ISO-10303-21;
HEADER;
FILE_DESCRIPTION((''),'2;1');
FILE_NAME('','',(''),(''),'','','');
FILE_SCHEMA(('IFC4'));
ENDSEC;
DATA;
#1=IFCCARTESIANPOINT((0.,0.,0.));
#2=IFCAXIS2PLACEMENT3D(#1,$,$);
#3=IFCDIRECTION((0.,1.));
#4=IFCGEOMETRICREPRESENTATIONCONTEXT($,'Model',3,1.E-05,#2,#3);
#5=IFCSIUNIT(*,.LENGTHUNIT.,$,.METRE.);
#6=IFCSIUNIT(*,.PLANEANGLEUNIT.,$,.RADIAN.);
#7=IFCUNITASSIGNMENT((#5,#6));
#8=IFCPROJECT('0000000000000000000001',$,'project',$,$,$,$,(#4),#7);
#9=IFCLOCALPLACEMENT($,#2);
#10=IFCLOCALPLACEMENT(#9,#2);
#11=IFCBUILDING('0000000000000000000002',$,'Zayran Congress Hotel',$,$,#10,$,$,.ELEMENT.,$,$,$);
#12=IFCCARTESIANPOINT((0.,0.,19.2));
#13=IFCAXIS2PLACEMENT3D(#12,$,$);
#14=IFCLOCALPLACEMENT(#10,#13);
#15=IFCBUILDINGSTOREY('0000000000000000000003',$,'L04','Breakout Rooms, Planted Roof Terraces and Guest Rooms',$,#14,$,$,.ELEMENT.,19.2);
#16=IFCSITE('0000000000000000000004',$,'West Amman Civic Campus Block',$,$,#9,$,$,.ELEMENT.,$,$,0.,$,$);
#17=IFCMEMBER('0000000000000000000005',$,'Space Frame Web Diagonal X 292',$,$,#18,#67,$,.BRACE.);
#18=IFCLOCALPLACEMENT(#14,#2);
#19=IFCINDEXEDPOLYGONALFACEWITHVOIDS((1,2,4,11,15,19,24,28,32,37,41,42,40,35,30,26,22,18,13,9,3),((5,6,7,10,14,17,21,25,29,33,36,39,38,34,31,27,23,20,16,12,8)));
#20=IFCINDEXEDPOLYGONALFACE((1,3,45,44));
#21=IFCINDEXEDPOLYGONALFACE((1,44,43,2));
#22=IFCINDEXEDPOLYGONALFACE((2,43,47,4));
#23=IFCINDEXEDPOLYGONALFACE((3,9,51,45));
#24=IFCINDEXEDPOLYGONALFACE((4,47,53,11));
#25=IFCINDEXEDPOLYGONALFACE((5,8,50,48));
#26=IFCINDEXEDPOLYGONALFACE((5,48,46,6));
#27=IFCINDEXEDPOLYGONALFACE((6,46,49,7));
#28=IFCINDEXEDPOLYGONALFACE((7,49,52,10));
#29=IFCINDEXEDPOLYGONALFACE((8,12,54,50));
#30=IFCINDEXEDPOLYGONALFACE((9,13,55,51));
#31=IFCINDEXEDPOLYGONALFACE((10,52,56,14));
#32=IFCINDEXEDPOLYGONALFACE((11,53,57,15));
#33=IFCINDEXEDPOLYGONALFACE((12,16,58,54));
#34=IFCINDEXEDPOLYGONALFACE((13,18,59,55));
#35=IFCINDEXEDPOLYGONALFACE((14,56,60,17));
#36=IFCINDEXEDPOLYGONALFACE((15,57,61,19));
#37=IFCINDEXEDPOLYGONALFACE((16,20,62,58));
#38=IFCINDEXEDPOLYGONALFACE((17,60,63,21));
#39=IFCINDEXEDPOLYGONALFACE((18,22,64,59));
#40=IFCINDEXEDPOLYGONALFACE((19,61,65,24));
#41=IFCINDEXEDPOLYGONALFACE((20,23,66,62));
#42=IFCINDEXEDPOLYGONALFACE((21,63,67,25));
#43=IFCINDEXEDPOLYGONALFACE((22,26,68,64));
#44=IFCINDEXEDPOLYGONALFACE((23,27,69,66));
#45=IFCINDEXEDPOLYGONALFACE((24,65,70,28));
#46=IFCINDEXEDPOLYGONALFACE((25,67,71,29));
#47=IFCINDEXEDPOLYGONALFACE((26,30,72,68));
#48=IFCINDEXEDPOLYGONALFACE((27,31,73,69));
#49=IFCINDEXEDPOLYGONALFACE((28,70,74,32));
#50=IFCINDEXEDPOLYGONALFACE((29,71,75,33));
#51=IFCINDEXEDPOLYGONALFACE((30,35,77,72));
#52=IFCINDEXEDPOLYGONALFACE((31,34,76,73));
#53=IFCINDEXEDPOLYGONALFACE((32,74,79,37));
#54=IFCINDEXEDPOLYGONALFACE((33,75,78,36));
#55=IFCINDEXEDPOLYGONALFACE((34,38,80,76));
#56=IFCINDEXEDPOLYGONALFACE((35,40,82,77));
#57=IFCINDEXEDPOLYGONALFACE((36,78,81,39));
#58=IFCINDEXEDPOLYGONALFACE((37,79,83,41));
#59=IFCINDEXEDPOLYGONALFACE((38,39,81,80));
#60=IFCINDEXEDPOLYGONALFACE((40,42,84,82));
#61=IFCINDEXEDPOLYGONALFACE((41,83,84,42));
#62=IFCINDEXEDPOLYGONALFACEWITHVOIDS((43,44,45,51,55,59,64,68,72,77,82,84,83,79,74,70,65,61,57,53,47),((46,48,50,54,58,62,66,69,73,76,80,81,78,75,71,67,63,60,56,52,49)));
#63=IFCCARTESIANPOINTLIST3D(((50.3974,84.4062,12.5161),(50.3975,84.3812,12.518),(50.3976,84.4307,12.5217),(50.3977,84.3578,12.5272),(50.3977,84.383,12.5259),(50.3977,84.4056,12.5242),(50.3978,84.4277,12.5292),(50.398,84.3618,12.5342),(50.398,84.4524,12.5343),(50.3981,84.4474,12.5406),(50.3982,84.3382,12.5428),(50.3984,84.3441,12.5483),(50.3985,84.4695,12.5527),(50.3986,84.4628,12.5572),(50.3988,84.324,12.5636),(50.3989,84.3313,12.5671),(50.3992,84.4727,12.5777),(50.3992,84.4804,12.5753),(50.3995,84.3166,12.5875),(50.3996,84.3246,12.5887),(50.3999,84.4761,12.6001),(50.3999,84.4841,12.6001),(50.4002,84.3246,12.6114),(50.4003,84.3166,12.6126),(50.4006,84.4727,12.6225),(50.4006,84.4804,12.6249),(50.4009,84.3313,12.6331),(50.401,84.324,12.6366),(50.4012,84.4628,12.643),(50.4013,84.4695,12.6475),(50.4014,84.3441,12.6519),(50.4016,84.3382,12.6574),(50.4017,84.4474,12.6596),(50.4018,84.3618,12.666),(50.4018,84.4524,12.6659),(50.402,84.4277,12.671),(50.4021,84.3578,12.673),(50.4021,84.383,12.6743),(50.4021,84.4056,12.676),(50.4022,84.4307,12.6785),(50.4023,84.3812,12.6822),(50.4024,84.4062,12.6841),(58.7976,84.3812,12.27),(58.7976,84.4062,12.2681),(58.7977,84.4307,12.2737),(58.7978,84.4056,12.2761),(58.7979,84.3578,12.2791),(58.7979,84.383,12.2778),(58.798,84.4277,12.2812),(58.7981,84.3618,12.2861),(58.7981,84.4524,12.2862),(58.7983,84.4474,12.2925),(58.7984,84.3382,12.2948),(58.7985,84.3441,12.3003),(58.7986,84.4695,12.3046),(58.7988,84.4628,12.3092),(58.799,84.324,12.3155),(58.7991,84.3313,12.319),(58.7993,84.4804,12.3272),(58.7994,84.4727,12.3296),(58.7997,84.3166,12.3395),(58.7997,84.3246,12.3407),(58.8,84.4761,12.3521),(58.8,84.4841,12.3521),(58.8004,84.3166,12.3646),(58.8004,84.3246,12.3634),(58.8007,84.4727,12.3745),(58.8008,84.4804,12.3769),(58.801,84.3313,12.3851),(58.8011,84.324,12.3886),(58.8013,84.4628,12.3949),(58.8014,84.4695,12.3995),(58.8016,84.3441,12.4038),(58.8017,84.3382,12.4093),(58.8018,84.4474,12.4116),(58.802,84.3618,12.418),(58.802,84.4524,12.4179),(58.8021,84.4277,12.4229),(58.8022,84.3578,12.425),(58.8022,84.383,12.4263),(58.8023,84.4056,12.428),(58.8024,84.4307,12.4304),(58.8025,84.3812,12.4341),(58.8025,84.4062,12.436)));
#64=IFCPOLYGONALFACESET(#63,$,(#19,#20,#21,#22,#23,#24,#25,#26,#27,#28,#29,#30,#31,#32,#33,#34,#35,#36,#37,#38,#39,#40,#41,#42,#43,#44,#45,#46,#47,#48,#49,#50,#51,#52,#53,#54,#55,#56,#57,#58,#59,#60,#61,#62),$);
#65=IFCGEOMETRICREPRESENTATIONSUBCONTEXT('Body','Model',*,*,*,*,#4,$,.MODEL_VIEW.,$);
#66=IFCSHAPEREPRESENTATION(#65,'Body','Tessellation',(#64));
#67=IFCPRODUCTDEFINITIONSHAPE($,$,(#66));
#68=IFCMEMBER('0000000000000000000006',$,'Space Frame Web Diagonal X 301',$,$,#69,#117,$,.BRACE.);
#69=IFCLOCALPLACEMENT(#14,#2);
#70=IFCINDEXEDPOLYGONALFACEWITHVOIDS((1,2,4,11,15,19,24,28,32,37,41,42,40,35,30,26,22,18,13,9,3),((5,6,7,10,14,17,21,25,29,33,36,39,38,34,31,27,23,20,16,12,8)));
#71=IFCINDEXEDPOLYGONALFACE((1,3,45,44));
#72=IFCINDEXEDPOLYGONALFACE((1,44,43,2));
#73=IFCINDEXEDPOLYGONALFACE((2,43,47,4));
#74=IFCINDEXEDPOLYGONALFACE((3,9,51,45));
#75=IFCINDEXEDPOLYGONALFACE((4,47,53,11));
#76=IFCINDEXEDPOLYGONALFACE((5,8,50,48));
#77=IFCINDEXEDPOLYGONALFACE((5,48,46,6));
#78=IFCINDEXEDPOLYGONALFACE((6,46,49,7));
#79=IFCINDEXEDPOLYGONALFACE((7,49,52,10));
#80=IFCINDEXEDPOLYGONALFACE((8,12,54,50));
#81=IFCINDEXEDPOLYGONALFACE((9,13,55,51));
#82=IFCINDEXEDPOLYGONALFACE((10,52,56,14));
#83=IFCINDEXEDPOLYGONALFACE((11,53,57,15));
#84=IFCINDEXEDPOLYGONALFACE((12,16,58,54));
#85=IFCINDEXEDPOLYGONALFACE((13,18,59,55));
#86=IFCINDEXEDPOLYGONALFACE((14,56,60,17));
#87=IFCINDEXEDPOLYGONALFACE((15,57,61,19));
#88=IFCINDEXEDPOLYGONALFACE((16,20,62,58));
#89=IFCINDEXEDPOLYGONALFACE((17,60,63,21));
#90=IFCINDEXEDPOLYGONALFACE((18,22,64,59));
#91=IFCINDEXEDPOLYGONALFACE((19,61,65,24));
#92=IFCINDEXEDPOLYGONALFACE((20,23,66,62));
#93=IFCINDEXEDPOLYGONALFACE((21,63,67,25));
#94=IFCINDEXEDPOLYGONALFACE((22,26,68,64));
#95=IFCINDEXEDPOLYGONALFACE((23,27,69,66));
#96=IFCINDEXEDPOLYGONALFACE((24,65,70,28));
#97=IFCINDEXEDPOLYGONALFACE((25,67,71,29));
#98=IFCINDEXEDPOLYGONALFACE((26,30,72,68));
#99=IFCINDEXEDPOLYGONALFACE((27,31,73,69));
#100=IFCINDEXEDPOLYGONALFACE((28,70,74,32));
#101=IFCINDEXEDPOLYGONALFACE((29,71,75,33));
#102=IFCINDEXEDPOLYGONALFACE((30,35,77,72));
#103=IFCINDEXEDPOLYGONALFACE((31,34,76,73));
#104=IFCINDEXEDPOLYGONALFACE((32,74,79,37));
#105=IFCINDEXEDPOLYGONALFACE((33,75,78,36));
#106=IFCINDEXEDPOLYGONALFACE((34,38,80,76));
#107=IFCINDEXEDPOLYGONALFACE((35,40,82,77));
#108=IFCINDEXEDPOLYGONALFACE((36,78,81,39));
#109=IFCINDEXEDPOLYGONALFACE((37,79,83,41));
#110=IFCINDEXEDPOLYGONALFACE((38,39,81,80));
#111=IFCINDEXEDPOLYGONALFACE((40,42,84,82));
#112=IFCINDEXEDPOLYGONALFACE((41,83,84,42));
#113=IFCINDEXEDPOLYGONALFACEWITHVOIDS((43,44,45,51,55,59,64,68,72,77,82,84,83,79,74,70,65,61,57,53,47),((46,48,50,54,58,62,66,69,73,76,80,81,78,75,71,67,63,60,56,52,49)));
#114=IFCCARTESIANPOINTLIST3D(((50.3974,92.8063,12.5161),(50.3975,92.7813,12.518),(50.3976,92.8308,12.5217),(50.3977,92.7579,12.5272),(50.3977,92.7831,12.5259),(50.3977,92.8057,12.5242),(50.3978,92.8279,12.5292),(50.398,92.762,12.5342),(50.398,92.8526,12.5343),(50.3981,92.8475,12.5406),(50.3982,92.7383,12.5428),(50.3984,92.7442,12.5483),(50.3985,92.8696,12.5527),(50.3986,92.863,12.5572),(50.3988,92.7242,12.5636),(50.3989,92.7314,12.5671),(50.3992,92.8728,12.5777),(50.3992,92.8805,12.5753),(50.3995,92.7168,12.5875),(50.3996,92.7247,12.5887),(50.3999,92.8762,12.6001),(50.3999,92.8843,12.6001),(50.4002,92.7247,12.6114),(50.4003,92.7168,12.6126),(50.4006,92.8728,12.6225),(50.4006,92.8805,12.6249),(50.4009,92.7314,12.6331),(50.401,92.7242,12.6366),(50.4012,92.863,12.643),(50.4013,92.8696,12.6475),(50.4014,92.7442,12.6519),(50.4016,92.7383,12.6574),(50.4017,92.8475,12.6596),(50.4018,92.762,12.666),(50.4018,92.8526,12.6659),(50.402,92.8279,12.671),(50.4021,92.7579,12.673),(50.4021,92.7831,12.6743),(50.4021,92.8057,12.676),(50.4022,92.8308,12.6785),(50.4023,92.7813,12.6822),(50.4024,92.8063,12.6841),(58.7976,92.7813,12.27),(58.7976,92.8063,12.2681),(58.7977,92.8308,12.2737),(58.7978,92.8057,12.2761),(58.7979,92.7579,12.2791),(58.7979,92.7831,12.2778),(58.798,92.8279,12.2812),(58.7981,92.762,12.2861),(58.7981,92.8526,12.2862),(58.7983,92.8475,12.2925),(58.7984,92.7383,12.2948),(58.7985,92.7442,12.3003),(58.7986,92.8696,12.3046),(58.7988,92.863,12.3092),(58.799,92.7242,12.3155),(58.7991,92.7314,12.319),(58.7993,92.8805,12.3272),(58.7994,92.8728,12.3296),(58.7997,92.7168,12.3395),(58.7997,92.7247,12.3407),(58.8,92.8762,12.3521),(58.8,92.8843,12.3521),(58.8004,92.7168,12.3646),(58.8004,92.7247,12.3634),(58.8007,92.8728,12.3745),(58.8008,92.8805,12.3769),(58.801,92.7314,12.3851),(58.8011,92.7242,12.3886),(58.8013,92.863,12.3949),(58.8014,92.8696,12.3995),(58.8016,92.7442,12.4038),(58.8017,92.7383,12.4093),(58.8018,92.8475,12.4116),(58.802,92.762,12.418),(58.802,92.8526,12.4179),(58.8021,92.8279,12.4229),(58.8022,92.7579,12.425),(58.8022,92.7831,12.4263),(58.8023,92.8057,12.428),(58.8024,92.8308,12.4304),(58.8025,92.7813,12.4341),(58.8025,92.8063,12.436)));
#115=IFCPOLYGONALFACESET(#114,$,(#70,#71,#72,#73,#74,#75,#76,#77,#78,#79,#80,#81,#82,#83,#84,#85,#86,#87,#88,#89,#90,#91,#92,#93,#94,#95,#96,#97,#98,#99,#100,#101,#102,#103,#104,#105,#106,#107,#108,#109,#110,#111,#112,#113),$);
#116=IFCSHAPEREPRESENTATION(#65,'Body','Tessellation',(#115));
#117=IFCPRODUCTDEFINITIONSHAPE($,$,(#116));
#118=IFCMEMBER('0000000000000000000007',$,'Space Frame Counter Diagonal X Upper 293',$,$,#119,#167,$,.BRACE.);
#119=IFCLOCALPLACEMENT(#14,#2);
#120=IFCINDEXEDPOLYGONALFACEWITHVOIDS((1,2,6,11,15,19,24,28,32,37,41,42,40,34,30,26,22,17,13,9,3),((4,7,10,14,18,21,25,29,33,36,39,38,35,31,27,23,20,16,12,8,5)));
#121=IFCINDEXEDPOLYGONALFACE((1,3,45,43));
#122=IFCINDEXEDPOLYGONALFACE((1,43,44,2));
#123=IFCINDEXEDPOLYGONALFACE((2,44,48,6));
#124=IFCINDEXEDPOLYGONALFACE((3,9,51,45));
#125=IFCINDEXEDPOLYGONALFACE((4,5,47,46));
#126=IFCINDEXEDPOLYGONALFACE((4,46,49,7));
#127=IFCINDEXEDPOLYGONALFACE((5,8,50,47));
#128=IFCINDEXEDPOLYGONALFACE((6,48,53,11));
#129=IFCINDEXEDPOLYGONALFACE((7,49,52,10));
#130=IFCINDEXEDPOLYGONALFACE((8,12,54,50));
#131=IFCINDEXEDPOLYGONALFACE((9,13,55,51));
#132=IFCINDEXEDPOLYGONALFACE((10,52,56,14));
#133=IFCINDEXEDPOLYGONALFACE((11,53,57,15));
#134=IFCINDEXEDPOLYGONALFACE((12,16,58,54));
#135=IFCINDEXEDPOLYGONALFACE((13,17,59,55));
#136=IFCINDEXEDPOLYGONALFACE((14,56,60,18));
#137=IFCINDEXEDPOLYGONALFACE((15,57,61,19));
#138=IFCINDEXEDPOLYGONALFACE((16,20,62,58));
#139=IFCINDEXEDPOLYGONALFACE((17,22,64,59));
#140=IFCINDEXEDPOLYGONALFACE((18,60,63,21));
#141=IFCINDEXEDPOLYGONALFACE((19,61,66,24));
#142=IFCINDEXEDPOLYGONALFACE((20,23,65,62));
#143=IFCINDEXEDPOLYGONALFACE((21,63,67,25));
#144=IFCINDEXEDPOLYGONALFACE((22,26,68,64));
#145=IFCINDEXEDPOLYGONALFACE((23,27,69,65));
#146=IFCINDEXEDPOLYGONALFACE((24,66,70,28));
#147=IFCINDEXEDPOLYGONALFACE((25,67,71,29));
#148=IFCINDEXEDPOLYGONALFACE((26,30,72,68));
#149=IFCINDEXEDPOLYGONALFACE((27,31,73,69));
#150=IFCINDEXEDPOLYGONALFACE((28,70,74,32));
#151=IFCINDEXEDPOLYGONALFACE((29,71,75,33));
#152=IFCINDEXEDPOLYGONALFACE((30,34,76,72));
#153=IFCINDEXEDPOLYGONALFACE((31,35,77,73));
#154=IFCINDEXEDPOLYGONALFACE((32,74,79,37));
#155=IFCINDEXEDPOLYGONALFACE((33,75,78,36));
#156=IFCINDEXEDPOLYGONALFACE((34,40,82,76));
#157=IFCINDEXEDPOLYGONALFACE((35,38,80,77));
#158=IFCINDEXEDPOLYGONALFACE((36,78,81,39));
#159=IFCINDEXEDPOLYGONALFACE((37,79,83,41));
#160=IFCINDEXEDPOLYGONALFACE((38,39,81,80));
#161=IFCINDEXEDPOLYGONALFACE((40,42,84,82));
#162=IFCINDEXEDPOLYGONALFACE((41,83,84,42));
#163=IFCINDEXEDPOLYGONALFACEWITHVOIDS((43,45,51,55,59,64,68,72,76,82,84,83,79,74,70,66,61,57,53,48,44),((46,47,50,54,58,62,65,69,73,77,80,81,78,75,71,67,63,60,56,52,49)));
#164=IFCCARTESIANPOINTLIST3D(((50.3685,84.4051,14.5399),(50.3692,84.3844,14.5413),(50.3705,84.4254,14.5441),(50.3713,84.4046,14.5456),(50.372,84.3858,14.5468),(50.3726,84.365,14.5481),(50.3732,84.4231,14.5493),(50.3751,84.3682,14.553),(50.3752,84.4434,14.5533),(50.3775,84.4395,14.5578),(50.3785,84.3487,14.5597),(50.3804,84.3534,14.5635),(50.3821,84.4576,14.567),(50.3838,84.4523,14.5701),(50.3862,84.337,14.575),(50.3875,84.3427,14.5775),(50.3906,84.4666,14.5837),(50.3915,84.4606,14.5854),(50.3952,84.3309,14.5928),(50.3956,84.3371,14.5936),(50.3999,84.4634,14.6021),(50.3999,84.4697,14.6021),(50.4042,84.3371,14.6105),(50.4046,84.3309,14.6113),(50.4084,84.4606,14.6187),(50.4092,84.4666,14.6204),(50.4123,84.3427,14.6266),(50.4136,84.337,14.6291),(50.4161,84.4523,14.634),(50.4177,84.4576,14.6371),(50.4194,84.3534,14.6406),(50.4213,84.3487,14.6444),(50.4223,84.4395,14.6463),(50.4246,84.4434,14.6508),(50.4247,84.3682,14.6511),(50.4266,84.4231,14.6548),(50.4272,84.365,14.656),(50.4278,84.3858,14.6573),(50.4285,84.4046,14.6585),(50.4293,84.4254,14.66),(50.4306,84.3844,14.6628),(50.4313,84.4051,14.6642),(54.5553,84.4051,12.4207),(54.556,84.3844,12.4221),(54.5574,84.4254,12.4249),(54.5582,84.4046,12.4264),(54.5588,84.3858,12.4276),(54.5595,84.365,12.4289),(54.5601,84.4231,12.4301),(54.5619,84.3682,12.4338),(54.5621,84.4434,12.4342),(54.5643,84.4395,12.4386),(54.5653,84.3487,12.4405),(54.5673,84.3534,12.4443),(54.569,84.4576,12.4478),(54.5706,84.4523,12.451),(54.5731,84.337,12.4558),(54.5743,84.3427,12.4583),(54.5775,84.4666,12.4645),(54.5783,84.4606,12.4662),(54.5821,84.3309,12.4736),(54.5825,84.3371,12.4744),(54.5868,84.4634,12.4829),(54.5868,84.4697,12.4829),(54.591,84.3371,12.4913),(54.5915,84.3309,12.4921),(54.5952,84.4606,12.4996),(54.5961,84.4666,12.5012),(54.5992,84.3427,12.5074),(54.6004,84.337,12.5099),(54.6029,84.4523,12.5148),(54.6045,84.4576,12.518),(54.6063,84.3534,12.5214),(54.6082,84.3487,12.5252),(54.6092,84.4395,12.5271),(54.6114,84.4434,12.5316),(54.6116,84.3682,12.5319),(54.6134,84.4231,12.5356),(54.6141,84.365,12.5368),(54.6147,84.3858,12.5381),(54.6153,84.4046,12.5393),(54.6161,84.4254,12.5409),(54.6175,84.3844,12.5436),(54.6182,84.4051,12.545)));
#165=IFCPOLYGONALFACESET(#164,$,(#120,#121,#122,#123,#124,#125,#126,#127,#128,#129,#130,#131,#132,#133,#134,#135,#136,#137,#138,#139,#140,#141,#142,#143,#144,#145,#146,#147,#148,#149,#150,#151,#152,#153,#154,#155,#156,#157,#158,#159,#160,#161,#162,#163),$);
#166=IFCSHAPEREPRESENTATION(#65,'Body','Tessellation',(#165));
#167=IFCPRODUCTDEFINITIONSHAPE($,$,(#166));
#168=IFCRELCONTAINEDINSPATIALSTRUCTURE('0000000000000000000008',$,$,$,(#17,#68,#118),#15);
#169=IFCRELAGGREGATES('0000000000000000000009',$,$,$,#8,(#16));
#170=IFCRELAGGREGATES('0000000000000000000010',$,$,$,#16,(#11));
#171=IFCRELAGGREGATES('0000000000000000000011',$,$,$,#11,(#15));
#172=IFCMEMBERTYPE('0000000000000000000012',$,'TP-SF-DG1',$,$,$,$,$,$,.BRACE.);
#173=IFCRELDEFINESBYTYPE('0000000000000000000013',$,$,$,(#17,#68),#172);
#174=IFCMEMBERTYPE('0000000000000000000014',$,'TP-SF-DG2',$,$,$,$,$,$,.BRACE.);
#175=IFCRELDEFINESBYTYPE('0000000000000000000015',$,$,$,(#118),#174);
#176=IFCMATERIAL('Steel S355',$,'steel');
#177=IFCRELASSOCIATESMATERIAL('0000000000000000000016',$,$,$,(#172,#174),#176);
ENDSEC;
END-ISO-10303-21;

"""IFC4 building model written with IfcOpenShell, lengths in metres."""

from ifc_helpers import new_model, si_unit, direction, frame, origin, origin_2d, place, context, subcontext, project, spatial, hollow_circle, extrude, material, material_profile, profile_set, type_object, element, save


model = new_model("IFC4")

# Units and contexts
model_context = context("Model", 3, precision=1e-05, world=origin(), true_north=direction((0.0, 1.0)))
body_context = subcontext(model_context, "Body", "Model", "MODEL_VIEW")
ifc_project = project(units=[si_unit("LENGTHUNIT", "METRE"), si_unit("PLANEANGLEUNIT", "RADIAN")], contexts=[model_context])

# Site, building, storey
site_placement = place(None, origin())
site = spatial("IfcSite", under=ifc_project, at=site_placement, Name="West Amman Civic Campus Block", CompositionType="ELEMENT", RefElevation=0.0)
building_placement = place(site_placement, origin())
building = spatial("IfcBuilding", under=site, at=building_placement, Name="Zayran Congress Hotel", CompositionType="ELEMENT")
storey_placement = place(building_placement, frame((0.0, 0.0, 19.2)))
storey = spatial("IfcBuildingStorey", under=building, at=storey_placement, Name="L04", Description="Breakout Rooms, Planted Roof Terraces and Guest Rooms", CompositionType="ELEMENT", Elevation=19.2)

# Members
ifc_material_1 = material(Name="Steel S355", Category="steel")
ifc_material_profile_1 = material_profile(ifc_material_1, hollow_circle(Radius=0.0842, WallThickness=0.0081, at=origin_2d()), Name="CHS 168.3x8")
ifc_profile_set_1 = profile_set([ifc_material_profile_1], Name="Steel S355")
member_type_1 = type_object("IfcMemberType", Name="TP-SF-DG1", PredefinedType="BRACE", material=ifc_profile_set_1)
for number, where, z_axis, x_axis, name in (
    (1, (50.3999, 84.3999, 12.6001), (0.999564, 0.0, -0.029516), (0.0, 1.0, 0.0), "Space Frame Web Diagonal X 292"),
    (2, (50.3999, 92.8, 12.6001), (0.999564, 0.0, -0.029516), (0.0, 1.0, 0.0), "Space Frame Web Diagonal X 301"),
):
    element("IfcMember", number, at=place(storey_placement, frame(where, z_axis=z_axis, x_axis=x_axis)), inside=storey, type_object=member_type_1, Name=name, PredefinedType="BRACE", context=body_context, shape_type="SweptSolid", body=[
        extrude(hollow_circle(Radius=0.0842, WallThickness=0.0081, at=origin_2d()), origin(), (0.0, 0.0, 1.0), 8.4038),
    ])
ifc_material_profile_2 = material_profile(ifc_material_1, hollow_circle(Radius=0.0698, WallThickness=0.0063, at=origin_2d()), Name="CHS 139.7x6.3")
ifc_profile_set_2 = profile_set([ifc_material_profile_2], Name="Steel S355")
member_type_2 = type_object("IfcMemberType", Name="TP-SF-DG2", PredefinedType="BRACE", material=ifc_profile_set_2)
member_1_placement = place(storey_placement, frame((50.3999, 84.3999, 14.6021), z_axis=(0.892221, 0.0, -0.451599), x_axis=(0.0, 1.0, 0.0)))
element("IfcMember", 3, at=member_1_placement, inside=storey, type_object=member_type_2, Name="Space Frame Counter Diagonal X Upper 293", PredefinedType="BRACE", context=body_context, shape_type="SweptSolid", body=[
    extrude(hollow_circle(Radius=0.0698, WallThickness=0.0063, at=origin_2d()), origin(), (0.0, 0.0, 1.0), 4.6926),
])

save(model, "model.ifc")
